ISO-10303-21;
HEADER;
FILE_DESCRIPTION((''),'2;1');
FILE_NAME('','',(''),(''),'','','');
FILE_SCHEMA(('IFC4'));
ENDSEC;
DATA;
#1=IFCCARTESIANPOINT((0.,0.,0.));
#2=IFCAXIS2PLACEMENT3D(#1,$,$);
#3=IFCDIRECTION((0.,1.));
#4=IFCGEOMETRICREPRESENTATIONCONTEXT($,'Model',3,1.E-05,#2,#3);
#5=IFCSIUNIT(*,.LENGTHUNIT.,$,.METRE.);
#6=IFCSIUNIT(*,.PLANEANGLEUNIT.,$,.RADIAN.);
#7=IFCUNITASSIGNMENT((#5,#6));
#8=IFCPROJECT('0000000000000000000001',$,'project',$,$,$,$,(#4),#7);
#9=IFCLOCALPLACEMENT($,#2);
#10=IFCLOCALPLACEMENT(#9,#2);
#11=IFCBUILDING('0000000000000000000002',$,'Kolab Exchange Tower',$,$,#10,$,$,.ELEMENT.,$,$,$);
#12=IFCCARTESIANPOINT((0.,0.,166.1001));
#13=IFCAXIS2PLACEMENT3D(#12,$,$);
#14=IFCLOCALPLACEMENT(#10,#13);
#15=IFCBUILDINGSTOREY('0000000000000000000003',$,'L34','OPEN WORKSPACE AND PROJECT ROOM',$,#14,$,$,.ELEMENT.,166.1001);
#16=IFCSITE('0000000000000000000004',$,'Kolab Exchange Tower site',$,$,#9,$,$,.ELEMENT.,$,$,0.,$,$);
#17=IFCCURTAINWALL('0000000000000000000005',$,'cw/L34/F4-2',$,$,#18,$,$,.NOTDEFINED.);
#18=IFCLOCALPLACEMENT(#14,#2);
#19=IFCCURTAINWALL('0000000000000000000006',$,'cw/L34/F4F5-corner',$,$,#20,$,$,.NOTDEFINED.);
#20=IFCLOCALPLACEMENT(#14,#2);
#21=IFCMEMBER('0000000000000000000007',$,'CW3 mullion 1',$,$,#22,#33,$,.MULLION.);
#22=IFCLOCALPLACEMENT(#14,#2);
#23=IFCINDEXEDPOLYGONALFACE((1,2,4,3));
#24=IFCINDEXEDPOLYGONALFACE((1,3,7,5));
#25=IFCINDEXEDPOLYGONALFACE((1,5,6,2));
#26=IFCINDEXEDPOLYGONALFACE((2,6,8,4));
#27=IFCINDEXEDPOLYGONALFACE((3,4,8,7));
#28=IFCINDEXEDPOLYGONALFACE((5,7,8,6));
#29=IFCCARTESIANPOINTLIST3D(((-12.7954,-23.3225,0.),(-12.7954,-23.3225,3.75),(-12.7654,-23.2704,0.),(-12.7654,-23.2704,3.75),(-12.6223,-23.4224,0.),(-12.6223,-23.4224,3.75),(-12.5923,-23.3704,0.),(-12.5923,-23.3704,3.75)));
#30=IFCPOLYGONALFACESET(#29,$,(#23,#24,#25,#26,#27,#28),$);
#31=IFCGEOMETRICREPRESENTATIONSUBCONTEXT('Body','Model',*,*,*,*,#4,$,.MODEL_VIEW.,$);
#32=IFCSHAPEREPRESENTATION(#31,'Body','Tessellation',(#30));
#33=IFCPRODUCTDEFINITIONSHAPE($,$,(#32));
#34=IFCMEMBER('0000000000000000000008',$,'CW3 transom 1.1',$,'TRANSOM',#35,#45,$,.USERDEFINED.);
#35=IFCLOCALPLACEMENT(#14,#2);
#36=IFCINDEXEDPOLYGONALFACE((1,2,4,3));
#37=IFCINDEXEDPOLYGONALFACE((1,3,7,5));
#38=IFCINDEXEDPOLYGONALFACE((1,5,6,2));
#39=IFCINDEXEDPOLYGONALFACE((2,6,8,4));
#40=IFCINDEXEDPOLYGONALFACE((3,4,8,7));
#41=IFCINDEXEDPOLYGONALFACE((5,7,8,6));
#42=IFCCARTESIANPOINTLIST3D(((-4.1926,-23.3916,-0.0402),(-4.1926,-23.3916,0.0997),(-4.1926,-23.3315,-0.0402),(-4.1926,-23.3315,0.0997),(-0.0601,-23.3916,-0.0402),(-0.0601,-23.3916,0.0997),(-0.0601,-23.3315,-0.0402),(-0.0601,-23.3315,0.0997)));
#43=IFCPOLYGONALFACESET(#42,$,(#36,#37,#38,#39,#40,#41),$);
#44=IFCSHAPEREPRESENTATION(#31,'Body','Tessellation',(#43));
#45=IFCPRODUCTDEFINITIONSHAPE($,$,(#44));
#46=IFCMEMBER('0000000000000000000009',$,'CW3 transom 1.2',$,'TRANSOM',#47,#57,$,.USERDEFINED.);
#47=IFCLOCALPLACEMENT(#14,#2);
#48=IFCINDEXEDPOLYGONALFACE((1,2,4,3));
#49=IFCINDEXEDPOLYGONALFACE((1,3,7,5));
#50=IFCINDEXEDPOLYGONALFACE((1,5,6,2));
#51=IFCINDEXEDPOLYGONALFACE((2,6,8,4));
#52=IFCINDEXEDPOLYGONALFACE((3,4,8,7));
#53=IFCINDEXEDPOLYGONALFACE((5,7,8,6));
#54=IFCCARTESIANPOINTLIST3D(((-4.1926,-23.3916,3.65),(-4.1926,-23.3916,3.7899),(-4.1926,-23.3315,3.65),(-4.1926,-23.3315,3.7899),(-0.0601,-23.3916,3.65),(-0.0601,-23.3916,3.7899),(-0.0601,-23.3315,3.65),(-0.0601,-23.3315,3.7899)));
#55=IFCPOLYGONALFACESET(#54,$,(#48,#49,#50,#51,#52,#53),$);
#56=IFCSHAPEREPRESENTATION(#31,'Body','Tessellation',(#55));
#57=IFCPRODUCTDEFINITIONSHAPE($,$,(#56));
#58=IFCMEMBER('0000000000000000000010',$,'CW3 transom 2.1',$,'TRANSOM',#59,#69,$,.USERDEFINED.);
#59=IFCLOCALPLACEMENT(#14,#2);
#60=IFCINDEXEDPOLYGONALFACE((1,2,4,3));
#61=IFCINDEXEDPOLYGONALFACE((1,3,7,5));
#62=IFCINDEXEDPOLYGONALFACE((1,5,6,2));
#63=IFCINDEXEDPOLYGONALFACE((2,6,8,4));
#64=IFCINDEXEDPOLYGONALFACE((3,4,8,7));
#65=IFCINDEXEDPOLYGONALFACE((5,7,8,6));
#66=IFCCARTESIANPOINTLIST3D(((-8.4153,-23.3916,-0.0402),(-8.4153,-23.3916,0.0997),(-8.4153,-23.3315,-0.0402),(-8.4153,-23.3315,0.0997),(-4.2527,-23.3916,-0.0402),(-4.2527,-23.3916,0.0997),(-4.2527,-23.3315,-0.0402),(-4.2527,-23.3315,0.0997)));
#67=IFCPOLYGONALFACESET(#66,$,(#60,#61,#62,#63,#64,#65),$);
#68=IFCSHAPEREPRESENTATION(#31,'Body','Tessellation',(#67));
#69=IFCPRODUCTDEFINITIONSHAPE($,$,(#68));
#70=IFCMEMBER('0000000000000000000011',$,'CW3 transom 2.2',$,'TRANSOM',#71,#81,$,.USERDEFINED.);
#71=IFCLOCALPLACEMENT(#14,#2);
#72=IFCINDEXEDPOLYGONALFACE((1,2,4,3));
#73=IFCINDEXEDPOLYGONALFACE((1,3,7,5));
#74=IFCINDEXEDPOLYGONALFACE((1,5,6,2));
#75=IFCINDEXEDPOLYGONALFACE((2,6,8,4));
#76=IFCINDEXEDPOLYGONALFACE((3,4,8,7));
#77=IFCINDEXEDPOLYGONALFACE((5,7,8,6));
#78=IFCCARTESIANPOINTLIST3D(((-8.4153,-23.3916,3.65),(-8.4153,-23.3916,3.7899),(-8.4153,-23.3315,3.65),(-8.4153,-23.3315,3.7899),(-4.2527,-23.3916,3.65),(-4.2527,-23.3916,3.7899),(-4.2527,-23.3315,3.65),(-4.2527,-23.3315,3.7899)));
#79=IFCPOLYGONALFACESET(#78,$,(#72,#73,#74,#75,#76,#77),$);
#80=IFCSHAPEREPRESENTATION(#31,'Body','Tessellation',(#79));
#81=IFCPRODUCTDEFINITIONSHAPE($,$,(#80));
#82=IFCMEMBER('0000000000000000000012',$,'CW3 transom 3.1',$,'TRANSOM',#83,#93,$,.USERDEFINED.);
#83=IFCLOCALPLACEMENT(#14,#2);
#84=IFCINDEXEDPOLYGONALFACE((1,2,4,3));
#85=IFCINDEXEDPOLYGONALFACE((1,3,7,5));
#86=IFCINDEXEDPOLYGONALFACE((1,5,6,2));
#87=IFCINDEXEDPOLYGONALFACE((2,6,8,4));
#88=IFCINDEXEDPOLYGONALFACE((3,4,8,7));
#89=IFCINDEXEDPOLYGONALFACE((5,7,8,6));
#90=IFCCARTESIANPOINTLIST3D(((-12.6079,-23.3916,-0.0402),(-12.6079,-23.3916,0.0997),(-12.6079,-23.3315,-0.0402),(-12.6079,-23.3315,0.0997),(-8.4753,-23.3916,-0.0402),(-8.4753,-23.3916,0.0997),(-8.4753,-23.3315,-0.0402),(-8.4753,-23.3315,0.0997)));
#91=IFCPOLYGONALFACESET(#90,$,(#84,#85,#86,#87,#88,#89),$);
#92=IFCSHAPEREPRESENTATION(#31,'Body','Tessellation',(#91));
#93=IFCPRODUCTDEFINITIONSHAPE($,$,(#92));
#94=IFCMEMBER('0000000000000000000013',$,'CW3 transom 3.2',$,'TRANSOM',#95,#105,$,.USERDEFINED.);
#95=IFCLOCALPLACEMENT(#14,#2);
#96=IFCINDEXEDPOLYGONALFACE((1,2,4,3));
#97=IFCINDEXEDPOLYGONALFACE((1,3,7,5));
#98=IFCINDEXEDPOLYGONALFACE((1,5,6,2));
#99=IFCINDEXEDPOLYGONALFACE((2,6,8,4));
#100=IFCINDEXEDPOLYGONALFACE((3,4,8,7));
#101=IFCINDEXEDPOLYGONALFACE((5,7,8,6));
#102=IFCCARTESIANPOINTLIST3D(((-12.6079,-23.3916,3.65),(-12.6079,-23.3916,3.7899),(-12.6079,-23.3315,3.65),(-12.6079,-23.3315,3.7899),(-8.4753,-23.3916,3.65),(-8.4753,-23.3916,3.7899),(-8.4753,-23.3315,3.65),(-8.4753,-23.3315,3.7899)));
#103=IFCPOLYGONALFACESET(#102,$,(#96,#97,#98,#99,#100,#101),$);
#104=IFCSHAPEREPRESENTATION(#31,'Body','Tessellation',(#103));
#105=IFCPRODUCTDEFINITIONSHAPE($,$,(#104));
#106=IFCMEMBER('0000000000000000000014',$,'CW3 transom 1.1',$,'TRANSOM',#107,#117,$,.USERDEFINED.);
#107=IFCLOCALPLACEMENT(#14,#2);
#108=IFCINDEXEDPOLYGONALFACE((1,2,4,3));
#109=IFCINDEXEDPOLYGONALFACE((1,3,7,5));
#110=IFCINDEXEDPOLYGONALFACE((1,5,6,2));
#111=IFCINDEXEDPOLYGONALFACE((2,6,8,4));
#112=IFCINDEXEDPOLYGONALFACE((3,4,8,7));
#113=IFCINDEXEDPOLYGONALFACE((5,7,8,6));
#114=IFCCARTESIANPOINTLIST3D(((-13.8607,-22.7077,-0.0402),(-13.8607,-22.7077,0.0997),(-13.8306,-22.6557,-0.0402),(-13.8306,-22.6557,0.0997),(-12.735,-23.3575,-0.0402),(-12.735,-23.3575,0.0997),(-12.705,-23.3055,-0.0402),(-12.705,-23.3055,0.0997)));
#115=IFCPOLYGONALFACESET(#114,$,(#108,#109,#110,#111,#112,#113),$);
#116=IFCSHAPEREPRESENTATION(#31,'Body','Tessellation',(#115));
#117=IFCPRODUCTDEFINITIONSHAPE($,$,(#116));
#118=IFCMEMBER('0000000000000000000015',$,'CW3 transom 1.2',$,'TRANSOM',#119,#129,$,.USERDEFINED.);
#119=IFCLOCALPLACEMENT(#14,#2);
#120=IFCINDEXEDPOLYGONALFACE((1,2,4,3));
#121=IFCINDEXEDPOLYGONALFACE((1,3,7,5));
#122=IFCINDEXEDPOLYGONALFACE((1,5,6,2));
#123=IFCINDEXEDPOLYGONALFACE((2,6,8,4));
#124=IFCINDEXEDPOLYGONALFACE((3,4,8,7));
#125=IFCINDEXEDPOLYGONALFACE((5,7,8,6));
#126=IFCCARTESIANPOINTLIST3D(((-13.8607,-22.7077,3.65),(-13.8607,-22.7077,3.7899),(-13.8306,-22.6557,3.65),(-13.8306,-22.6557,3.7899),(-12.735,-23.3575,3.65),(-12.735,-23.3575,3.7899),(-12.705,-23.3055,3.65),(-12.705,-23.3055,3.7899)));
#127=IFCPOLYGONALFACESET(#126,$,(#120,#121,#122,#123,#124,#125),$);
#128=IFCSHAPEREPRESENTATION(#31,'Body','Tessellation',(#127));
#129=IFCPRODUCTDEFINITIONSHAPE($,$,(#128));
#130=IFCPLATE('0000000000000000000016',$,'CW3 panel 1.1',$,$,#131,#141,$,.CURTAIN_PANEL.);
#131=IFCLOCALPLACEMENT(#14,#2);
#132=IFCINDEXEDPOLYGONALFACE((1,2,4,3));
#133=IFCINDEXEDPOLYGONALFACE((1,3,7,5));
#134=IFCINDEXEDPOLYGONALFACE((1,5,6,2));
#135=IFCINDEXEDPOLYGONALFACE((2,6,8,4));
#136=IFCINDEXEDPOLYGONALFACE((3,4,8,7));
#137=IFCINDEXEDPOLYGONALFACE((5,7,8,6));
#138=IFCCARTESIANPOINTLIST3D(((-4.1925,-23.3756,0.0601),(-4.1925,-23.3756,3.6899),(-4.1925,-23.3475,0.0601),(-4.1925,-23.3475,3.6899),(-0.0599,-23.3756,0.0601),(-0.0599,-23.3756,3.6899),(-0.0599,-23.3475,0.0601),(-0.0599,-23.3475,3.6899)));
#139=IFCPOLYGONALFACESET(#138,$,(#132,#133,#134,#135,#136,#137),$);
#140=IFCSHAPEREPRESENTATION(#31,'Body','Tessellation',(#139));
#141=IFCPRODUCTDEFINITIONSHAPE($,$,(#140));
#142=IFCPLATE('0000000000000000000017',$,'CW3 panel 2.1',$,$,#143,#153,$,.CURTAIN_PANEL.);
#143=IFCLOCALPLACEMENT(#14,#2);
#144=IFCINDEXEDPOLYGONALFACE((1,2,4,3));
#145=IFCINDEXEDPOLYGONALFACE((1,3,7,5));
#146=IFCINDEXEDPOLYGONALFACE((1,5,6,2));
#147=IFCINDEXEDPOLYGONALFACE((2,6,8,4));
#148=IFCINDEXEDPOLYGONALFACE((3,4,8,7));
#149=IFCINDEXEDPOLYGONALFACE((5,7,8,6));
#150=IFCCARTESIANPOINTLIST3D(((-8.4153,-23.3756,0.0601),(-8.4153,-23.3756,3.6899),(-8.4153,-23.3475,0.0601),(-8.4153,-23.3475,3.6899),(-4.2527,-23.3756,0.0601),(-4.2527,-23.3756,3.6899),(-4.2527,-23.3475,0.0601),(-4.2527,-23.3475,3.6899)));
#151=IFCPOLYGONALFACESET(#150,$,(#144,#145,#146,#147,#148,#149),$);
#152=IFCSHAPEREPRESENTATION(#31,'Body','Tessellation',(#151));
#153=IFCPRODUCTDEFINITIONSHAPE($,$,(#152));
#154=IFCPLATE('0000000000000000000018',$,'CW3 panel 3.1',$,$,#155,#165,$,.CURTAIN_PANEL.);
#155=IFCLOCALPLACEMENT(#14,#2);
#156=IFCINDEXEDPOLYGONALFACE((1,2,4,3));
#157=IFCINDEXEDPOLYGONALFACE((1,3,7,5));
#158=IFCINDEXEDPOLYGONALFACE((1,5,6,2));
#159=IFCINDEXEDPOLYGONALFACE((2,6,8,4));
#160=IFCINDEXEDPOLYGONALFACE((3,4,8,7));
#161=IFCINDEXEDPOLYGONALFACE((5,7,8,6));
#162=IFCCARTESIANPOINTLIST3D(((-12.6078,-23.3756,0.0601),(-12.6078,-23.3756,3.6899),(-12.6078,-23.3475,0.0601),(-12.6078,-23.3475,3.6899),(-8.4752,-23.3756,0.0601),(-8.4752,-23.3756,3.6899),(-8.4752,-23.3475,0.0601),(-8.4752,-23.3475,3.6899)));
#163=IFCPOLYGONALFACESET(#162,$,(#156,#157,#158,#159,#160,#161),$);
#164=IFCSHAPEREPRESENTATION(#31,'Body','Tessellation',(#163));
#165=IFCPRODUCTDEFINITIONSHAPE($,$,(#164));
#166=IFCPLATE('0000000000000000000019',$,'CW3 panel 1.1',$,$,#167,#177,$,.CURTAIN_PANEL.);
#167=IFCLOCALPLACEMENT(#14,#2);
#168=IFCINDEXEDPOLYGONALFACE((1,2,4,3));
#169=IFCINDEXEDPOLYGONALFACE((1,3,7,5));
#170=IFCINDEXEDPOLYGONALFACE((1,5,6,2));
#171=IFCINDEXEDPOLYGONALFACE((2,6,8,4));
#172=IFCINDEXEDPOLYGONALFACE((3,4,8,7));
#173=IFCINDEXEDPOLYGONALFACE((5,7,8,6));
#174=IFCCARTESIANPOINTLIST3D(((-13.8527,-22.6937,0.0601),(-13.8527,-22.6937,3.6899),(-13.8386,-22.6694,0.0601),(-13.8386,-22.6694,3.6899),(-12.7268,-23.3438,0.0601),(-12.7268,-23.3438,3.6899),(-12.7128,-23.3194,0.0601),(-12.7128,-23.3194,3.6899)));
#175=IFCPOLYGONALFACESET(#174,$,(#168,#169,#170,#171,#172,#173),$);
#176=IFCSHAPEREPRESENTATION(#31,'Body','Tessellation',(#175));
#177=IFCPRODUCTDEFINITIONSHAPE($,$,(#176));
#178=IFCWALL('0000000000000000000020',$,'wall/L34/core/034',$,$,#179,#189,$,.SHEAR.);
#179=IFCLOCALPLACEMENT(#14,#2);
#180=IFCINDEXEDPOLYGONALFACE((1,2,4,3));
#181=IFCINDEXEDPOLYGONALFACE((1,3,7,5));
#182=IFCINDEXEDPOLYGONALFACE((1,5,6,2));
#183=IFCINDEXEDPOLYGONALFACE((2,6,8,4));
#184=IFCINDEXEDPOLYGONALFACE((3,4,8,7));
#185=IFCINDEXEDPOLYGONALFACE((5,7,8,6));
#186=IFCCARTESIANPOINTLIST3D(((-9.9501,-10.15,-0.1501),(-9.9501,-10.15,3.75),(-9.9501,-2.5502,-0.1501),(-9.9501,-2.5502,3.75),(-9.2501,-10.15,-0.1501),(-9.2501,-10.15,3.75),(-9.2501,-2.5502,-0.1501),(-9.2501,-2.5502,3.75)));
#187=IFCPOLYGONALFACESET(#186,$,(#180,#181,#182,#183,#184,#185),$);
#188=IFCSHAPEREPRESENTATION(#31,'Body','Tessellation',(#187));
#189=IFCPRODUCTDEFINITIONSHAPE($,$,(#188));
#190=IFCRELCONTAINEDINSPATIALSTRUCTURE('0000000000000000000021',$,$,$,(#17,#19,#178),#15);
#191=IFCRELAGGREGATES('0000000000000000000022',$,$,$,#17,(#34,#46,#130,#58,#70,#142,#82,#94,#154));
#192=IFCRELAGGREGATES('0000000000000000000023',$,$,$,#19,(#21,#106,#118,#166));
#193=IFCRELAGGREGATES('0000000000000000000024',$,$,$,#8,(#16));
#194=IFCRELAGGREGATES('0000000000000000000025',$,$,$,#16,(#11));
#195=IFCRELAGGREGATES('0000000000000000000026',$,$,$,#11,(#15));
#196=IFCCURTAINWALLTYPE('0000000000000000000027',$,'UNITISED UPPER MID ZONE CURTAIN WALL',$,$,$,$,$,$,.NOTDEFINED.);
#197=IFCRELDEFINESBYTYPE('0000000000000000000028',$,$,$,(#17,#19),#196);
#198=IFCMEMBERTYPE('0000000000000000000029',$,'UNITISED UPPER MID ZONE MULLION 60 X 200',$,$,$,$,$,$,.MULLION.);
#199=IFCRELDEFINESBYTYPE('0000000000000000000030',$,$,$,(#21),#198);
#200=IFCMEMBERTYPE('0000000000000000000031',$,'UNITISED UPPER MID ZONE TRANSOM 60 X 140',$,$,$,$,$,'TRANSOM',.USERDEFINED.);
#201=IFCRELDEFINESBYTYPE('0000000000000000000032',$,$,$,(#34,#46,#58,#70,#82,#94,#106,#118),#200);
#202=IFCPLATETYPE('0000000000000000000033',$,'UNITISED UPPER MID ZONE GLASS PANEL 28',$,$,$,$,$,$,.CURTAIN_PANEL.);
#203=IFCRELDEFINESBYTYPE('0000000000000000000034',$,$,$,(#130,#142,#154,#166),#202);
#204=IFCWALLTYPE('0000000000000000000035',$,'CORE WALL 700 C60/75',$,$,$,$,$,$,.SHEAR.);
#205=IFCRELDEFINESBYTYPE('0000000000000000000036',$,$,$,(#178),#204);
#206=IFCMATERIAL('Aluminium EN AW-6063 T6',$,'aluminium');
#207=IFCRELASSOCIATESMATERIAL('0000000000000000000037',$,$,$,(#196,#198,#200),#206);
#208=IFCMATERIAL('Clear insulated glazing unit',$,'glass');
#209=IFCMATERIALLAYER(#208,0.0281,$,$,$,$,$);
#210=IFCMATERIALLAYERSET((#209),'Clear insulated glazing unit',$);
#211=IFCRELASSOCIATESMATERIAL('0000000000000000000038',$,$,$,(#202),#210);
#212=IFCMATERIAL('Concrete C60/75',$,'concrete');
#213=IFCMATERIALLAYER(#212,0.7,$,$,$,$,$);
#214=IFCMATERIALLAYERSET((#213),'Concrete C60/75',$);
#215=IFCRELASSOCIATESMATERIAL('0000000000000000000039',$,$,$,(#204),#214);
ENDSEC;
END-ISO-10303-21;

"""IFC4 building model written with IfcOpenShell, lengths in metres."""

from ifc_helpers import new_model, si_unit, direction, frame, frame_2d, origin, origin_2d, place, context, subcontext, project, spatial, rectangle, extrude, material, layer, layer_set, material_profile, profile_set, type_object, element, aggregate, save


model = new_model("IFC4")

# Units and contexts
model_context = context("Model", 3, precision=1e-05, world=origin(), true_north=direction((0.0, 1.0)))
body_context = subcontext(model_context, "Body", "Model", "MODEL_VIEW")
ifc_project = project(units=[si_unit("LENGTHUNIT", "METRE"), si_unit("PLANEANGLEUNIT", "RADIAN")], contexts=[model_context])

# Site, building, storey
site_placement = place(None, origin())
site = spatial("IfcSite", under=ifc_project, at=site_placement, Name="Kolab Exchange Tower site", CompositionType="ELEMENT", RefElevation=0.0)
building_placement = place(site_placement, origin())
building = spatial("IfcBuilding", under=site, at=building_placement, Name="Kolab Exchange Tower", CompositionType="ELEMENT")
storey_placement = place(building_placement, frame((0.0, 0.0, 166.1001)))
storey = spatial("IfcBuildingStorey", under=building, at=storey_placement, Name="L34", Description="OPEN WORKSPACE AND PROJECT ROOM", CompositionType="ELEMENT", Elevation=166.1001)

# Shared definitions
ifc_material_1 = material(Name="Concrete C60/75", Category="concrete")

# Curtain wall
ifc_material_2 = material(Name="Aluminium EN AW-6063 T6", Category="aluminium")
curtain_wall_type = type_object("IfcCurtainWallType", Name="UNITISED UPPER MID ZONE CURTAIN WALL", PredefinedType="NOTDEFINED", material=ifc_material_2)
curtain_wall_1_placement = place(storey_placement, origin())
curtain_wall_1 = element("IfcCurtainWall", 1, at=curtain_wall_1_placement, inside=storey, type_object=curtain_wall_type, Name="cw/L34/F4-2", PredefinedType="NOTDEFINED")
ifc_material_profile_1 = material_profile(ifc_material_2, rectangle(XDim=0.0601, YDim=0.2, at=origin_2d()), Name="RECT 60X200")
ifc_profile_set_1 = profile_set([ifc_material_profile_1], Name="Aluminium EN AW-6063 T6")
member_type_1 = type_object("IfcMemberType", Name="UNITISED UPPER MID ZONE MULLION 60 X 200", PredefinedType="MULLION", material=ifc_profile_set_1)

# Curtain wall, member
curtain_wall_2_placement = place(storey_placement, origin())
curtain_wall_2 = element("IfcCurtainWall", 2, at=curtain_wall_2_placement, inside=storey, type_object=curtain_wall_type, Name="cw/L34/F4F5-corner", PredefinedType="NOTDEFINED")
member_1_placement = place(storey_placement, frame((-12.6938, -23.3464, 0.0), z_axis=(0.0, 0.0, 1.0), x_axis=(-0.5, -0.866025, 0.0)))
member_1 = element("IfcMember", 3, at=member_1_placement, type_object=member_type_1, Name="CW3 mullion 1", PredefinedType="MULLION", context=body_context, shape_type="SweptSolid", body=[
    extrude(rectangle(XDim=0.0601, YDim=0.2, at=origin_2d()), origin(), (0.0, 0.0, 1.0), 3.75),
])

# Members
ifc_material_profile_2 = material_profile(ifc_material_2, rectangle(XDim=0.0601, YDim=0.1399, at=origin_2d()), Name="RECT 60X140")
ifc_profile_set_2 = profile_set([ifc_material_profile_2], Name="Aluminium EN AW-6063 T6")
member_type_2 = type_object("IfcMemberType", Name="UNITISED UPPER MID ZONE TRANSOM 60 X 140", ElementType="TRANSOM", PredefinedType="USERDEFINED", material=ifc_profile_set_2)
member_2_placement = place(storey_placement, frame((-0.0601, -23.3616, 0.0298), z_axis=(-1.0, 0.0, 0.0), x_axis=(0.0, -1.0, 0.0)))
member_2 = element("IfcMember", 4, at=member_2_placement, type_object=member_type_2, Name="CW3 transom 1.1", ObjectType="TRANSOM", PredefinedType="USERDEFINED", context=body_context, shape_type="SweptSolid", body=[
    extrude(rectangle(XDim=0.0601, YDim=0.1399, at=origin_2d()), origin(), (0.0, 0.0, 1.0), 4.1326),
])
member_3_placement = place(storey_placement, frame((-0.0601, -23.3616, 3.72), z_axis=(-1.0, 0.0, 0.0), x_axis=(0.0, -1.0, 0.0)))
member_3 = element("IfcMember", 5, at=member_3_placement, type_object=member_type_2, Name="CW3 transom 1.2", ObjectType="TRANSOM", PredefinedType="USERDEFINED", context=body_context, shape_type="SweptSolid", body=[
    extrude(rectangle(XDim=0.0601, YDim=0.1399, at=origin_2d()), origin(), (0.0, 0.0, 1.0), 4.1326),
])
member_4_placement = place(storey_placement, frame((-4.2527, -23.3616, 0.0298), z_axis=(-1.0, 0.0, 0.0), x_axis=(0.0, -1.0, 0.0)))
member_4 = element("IfcMember", 6, at=member_4_placement, type_object=member_type_2, Name="CW3 transom 2.1", ObjectType="TRANSOM", PredefinedType="USERDEFINED", context=body_context, shape_type="SweptSolid", body=[
    extrude(rectangle(XDim=0.0601, YDim=0.1399, at=origin_2d()), origin(), (0.0, 0.0, 1.0), 4.1626),
])
member_5_placement = place(storey_placement, frame((-4.2527, -23.3616, 3.72), z_axis=(-1.0, 0.0, 0.0), x_axis=(0.0, -1.0, 0.0)))
member_5 = element("IfcMember", 7, at=member_5_placement, type_object=member_type_2, Name="CW3 transom 2.2", ObjectType="TRANSOM", PredefinedType="USERDEFINED", context=body_context, shape_type="SweptSolid", body=[
    extrude(rectangle(XDim=0.0601, YDim=0.1399, at=origin_2d()), origin(), (0.0, 0.0, 1.0), 4.1626),
])
member_6_placement = place(storey_placement, frame((-8.4753, -23.3616, 0.0298), z_axis=(-1.0, 0.0, 0.0), x_axis=(0.0, -1.0, 0.0)))
member_6 = element("IfcMember", 8, at=member_6_placement, type_object=member_type_2, Name="CW3 transom 3.1", ObjectType="TRANSOM", PredefinedType="USERDEFINED", context=body_context, shape_type="SweptSolid", body=[
    extrude(rectangle(XDim=0.0601, YDim=0.1399, at=origin_2d()), origin(), (0.0, 0.0, 1.0), 4.1326),
])
member_7_placement = place(storey_placement, frame((-8.4753, -23.3616, 3.72), z_axis=(-1.0, 0.0, 0.0), x_axis=(0.0, -1.0, 0.0)))
member_7 = element("IfcMember", 9, at=member_7_placement, type_object=member_type_2, Name="CW3 transom 3.2", ObjectType="TRANSOM", PredefinedType="USERDEFINED", context=body_context, shape_type="SweptSolid", body=[
    extrude(rectangle(XDim=0.0601, YDim=0.1399, at=origin_2d()), origin(), (0.0, 0.0, 1.0), 4.1326),
])
member_8_placement = place(storey_placement, frame((-12.72, -23.3315, 0.0298), z_axis=(-0.866039, 0.499977, 0.0), x_axis=(-0.499977, -0.866039, 0.0)))
member_8 = element("IfcMember", 10, at=member_8_placement, type_object=member_type_2, Name="CW3 transom 1.1", ObjectType="TRANSOM", PredefinedType="USERDEFINED", context=body_context, shape_type="SweptSolid", body=[
    extrude(rectangle(XDim=0.0601, YDim=0.1399, at=origin_2d()), origin(), (0.0, 0.0, 1.0), 1.2998),
])
member_9_placement = place(storey_placement, frame((-12.72, -23.3315, 3.72), z_axis=(-0.866039, 0.499977, 0.0), x_axis=(-0.499977, -0.866039, 0.0)))
member_9 = element("IfcMember", 11, at=member_9_placement, type_object=member_type_2, Name="CW3 transom 1.2", ObjectType="TRANSOM", PredefinedType="USERDEFINED", context=body_context, shape_type="SweptSolid", body=[
    extrude(rectangle(XDim=0.0601, YDim=0.1399, at=origin_2d()), origin(), (0.0, 0.0, 1.0), 1.2998),
])

# Plates
ifc_material_3 = material(Name="Clear insulated glazing unit", Category="glass")
ifc_layer_1 = layer(ifc_material_3, 0.0281)
ifc_layer_set_1 = layer_set([ifc_layer_1], Name="Clear insulated glazing unit")
plate_type = type_object("IfcPlateType", Name="UNITISED UPPER MID ZONE GLASS PANEL 28", PredefinedType="CURTAIN_PANEL", material=ifc_layer_set_1)
plate_1_placement = place(storey_placement, frame((-2.1262, -23.3616, 0.0601), z_axis=(0.0, 0.0, 1.0), x_axis=(-1.0, 0.0, 0.0)))
plate_1 = element("IfcPlate", 12, at=plate_1_placement, type_object=plate_type, Name="CW3 panel 1.1", PredefinedType="CURTAIN_PANEL", context=body_context, shape_type="SweptSolid", body=[
    extrude(rectangle(XDim=4.1326, YDim=0.0281, at=origin_2d()), origin(), (0.0, 0.0, 1.0), 3.6299),
])
plate_2_placement = place(storey_placement, frame((-6.334, -23.3616, 0.0601), z_axis=(0.0, 0.0, 1.0), x_axis=(-1.0, 0.0, 0.0)))
plate_2 = element("IfcPlate", 13, at=plate_2_placement, type_object=plate_type, Name="CW3 panel 2.1", PredefinedType="CURTAIN_PANEL", context=body_context, shape_type="SweptSolid", body=[
    extrude(rectangle(XDim=4.1626, YDim=0.0281, at=origin_2d()), origin(), (0.0, 0.0, 1.0), 3.6299),
])
plate_3_placement = place(storey_placement, frame((-10.5415, -23.3616, 0.0601), z_axis=(0.0, 0.0, 1.0), x_axis=(-1.0, 0.0, 0.0)))
plate_3 = element("IfcPlate", 14, at=plate_3_placement, type_object=plate_type, Name="CW3 panel 3.1", PredefinedType="CURTAIN_PANEL", context=body_context, shape_type="SweptSolid", body=[
    extrude(rectangle(XDim=4.1326, YDim=0.0281, at=origin_2d()), origin(), (0.0, 0.0, 1.0), 3.6299),
])
aggregate(curtain_wall_1, [member_2, member_3, plate_1, member_4, member_5, plate_2, member_6, member_7, plate_3])
plate_4_placement = place(storey_placement, frame((-13.2827, -23.0066, 0.0601), z_axis=(0.0, 0.0, 1.0), x_axis=(-0.866025, 0.5, 0.0)))
plate_4 = element("IfcPlate", 15, at=plate_4_placement, type_object=plate_type, Name="CW3 panel 1.1", PredefinedType="CURTAIN_PANEL", context=body_context, shape_type="SweptSolid", body=[
    extrude(rectangle(XDim=1.3, YDim=0.0281, at=origin_2d()), origin(), (0.0, 0.0, 1.0), 3.6299),
])
aggregate(curtain_wall_2, [member_1, member_8, member_9, plate_4])

# Wall
ifc_layer_2 = layer(ifc_material_1, 0.7)
ifc_layer_set_2 = layer_set([ifc_layer_2], Name="Concrete C60/75")
wall_type_1 = type_object("IfcWallType", Name="CORE WALL 700 C60/75", PredefinedType="SHEAR", material=ifc_layer_set_2)
wall_1_placement = place(storey_placement, frame((-9.6001, -10.1499, -0.1501), z_axis=(0.0, 0.0, 1.0), x_axis=(0.0, 1.0, 0.0)))
element("IfcWall", 16, at=wall_1_placement, inside=storey, type_object=wall_type_1, Name="wall/L34/core/034", PredefinedType="SHEAR", context=body_context, shape_type="SweptSolid", body=[
    extrude(rectangle(XDim=7.5999, YDim=0.7, at=frame_2d((3.7998, 0.0))), origin(), (0.0, 0.0, 1.0), 3.9001),
])

save(model, "model.ifc")
